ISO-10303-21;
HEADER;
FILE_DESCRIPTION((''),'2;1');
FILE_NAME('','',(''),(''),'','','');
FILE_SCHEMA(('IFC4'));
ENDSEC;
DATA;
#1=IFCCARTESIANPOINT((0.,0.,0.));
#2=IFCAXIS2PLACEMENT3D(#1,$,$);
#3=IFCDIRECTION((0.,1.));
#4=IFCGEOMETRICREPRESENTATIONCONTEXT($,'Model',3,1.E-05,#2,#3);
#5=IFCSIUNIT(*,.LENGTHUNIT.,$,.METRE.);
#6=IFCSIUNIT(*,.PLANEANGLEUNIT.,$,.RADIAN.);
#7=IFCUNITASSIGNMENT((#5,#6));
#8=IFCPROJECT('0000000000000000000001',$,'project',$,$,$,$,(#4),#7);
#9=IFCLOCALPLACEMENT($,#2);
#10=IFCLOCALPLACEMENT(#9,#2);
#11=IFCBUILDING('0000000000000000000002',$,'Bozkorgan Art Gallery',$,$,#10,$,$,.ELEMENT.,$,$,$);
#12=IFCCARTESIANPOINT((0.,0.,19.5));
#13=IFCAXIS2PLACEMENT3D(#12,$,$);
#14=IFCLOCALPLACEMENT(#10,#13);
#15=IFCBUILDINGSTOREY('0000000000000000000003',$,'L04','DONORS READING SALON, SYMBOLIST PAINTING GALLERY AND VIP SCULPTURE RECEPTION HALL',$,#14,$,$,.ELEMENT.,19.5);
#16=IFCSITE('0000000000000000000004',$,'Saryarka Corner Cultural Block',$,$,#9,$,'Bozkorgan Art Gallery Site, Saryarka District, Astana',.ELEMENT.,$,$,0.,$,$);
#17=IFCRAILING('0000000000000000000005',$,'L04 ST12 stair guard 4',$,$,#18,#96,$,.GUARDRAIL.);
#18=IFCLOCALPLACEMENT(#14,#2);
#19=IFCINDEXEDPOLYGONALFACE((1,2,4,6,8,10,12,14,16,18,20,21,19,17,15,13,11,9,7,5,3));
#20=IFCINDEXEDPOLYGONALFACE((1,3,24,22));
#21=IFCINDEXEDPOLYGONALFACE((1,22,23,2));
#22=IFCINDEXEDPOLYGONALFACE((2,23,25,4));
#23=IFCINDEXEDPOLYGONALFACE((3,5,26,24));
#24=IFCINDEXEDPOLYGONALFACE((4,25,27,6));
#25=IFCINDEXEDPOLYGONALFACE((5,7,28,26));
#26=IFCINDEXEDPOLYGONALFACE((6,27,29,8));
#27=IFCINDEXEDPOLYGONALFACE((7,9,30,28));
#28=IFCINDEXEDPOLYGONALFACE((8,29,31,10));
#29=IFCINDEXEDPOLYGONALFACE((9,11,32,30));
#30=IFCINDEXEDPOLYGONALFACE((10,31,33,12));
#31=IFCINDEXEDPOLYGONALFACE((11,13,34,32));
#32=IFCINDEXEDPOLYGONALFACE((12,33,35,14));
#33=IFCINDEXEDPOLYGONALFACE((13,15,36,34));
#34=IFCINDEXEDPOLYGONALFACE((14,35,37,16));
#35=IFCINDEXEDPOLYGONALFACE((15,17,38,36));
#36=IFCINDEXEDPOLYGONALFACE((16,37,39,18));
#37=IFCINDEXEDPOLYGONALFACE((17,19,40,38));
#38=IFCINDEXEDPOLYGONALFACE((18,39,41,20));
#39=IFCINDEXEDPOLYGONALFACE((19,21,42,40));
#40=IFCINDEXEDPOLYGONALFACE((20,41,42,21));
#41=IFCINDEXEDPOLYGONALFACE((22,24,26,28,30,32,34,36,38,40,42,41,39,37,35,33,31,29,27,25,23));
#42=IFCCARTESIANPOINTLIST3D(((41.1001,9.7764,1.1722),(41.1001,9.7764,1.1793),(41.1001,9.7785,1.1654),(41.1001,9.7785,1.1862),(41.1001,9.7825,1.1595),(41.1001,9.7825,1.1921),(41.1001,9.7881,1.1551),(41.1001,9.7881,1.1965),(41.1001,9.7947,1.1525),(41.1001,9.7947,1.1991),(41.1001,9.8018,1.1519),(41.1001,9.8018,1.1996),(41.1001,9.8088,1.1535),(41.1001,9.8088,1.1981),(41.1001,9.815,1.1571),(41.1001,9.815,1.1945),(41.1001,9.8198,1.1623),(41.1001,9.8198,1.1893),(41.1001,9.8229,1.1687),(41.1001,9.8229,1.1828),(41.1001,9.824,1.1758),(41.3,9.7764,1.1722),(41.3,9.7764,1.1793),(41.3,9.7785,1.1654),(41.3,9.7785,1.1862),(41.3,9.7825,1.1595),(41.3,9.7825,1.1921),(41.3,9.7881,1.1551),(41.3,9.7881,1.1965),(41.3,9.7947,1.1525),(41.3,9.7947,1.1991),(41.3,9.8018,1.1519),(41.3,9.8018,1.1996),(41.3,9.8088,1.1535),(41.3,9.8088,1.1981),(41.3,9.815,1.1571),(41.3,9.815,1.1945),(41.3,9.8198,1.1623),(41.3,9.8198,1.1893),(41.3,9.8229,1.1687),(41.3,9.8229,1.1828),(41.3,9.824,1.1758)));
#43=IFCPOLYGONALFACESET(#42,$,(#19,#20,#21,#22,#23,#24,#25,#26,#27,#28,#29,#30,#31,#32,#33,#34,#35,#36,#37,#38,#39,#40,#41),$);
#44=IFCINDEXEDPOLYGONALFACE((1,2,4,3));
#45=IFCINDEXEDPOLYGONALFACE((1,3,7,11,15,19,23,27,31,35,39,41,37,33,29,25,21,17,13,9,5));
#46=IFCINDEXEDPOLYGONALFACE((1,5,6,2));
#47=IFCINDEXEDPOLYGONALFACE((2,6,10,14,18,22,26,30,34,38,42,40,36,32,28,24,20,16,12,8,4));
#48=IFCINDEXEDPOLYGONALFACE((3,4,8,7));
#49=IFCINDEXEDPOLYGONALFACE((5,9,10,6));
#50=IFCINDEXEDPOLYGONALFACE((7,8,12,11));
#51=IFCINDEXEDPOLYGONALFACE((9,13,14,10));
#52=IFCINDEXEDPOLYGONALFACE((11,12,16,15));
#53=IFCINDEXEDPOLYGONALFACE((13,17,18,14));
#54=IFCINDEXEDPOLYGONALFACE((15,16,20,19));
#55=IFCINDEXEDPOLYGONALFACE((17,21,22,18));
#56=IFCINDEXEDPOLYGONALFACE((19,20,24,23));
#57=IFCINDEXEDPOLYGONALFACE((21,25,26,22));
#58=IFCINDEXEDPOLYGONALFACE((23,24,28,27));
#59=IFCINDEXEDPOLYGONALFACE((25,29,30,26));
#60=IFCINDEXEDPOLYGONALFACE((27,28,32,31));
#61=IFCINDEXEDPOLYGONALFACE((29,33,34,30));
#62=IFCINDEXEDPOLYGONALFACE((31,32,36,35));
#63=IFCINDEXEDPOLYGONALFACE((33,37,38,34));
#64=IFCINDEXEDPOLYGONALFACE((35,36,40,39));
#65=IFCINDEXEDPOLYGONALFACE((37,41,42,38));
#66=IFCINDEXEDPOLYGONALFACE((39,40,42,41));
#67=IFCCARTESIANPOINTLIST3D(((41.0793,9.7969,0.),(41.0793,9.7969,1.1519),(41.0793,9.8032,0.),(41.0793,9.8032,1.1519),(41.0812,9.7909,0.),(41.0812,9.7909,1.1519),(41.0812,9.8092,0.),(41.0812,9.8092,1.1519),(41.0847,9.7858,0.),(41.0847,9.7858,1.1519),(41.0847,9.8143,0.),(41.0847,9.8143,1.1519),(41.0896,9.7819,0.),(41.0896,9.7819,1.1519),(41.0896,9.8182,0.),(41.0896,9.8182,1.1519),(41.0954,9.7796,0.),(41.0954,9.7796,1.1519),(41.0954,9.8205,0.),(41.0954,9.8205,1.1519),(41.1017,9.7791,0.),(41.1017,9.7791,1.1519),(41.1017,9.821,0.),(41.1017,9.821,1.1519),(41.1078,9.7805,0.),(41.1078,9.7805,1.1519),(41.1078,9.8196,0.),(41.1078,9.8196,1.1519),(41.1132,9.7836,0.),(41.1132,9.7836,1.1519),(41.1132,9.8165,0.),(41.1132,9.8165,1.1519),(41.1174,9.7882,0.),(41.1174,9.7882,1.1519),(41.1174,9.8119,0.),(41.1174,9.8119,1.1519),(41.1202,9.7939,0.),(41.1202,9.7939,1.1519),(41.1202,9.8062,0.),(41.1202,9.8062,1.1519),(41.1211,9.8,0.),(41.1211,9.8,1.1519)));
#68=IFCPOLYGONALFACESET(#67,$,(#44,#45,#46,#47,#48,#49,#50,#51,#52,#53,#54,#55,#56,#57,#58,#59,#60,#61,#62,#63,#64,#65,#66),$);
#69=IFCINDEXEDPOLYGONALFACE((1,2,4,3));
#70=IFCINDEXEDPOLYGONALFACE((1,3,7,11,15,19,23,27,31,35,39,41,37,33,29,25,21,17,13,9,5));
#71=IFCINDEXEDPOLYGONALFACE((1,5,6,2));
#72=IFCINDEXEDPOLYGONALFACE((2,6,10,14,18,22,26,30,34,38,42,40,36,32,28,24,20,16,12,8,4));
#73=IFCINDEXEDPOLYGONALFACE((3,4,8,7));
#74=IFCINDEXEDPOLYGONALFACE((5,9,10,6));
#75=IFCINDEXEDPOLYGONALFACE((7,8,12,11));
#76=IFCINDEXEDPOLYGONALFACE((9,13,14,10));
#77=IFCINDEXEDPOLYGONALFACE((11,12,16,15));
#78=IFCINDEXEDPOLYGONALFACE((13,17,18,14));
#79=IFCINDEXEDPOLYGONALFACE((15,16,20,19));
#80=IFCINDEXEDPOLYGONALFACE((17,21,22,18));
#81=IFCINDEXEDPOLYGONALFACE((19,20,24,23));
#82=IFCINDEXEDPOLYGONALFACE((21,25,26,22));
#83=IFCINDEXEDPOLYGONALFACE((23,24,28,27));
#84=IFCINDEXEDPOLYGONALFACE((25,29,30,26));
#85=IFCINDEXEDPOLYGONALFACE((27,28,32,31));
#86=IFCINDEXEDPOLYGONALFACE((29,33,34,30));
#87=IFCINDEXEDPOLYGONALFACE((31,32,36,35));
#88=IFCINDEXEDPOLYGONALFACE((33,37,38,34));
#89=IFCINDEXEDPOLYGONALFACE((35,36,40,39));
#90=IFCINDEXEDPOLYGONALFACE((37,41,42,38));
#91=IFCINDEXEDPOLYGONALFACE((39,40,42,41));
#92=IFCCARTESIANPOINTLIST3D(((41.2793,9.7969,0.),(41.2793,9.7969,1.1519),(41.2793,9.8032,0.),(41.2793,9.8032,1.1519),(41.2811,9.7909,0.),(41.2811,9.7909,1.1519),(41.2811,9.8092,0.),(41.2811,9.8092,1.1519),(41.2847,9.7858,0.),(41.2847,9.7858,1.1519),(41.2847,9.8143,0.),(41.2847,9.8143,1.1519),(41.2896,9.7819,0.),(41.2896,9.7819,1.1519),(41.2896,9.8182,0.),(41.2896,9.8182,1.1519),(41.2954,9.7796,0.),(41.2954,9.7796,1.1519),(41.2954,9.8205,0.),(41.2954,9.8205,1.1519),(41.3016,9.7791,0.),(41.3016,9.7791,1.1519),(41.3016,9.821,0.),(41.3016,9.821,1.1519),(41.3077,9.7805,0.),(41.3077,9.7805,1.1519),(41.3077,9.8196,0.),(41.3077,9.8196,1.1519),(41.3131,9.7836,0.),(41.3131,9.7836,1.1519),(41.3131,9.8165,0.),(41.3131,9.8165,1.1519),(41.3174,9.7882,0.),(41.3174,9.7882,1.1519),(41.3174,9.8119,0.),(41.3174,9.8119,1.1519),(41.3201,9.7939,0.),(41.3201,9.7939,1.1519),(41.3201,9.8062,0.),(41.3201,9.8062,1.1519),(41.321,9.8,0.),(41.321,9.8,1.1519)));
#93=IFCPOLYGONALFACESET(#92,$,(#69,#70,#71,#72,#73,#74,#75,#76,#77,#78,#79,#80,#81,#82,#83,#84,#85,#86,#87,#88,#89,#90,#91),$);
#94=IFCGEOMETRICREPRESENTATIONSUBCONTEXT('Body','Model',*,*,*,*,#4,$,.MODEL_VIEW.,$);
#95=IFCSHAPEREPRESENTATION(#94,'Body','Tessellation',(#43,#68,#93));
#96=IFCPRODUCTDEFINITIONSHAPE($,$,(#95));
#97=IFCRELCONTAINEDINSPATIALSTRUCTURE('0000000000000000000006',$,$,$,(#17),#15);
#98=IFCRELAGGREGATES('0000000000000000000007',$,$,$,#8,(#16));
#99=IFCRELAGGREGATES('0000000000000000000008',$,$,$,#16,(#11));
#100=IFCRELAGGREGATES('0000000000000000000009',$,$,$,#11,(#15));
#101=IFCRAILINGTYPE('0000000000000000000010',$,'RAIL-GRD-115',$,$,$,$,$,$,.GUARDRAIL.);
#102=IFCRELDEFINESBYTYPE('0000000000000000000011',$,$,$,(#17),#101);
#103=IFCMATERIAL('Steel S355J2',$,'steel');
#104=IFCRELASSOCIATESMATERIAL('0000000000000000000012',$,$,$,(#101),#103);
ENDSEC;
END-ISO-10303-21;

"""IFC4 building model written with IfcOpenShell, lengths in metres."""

from ifc_helpers import new_model, si_unit, direction, frame, origin, origin_2d, place, context, subcontext, project, spatial, circle, extrude, material, type_object, element, save


model = new_model("IFC4")

# Units and contexts
model_context = context("Model", 3, precision=1e-05, world=origin(), true_north=direction((0.0, 1.0)))
body_context = subcontext(model_context, "Body", "Model", "MODEL_VIEW")
ifc_project = project(units=[si_unit("LENGTHUNIT", "METRE"), si_unit("PLANEANGLEUNIT", "RADIAN")], contexts=[model_context])

# Site, building, storey
site_placement = place(None, origin())
site = spatial("IfcSite", under=ifc_project, at=site_placement, Name="Saryarka Corner Cultural Block", LongName="Bozkorgan Art Gallery Site, Saryarka District, Astana", CompositionType="ELEMENT", RefElevation=0.0)
building_placement = place(site_placement, origin())
building = spatial("IfcBuilding", under=site, at=building_placement, Name="Bozkorgan Art Gallery", CompositionType="ELEMENT")
storey_placement = place(building_placement, frame((0.0, 0.0, 19.5)))
storey = spatial("IfcBuildingStorey", under=building, at=storey_placement, Name="L04", Description="DONORS READING SALON, SYMBOLIST PAINTING GALLERY AND VIP SCULPTURE RECEPTION HALL", CompositionType="ELEMENT", Elevation=19.5)

# Shared definitions
ifc_material_1 = material(Name="Steel S355J2", Category="steel")

# Railing
railing_type_1 = type_object("IfcRailingType", Name="RAIL-GRD-115", PredefinedType="GUARDRAIL", material=ifc_material_1)
railing_1_placement = place(storey_placement, frame((41.1001, 9.8, 0.0)))
element("IfcRailing", 1, at=railing_1_placement, inside=storey, type_object=railing_type_1, Name="L04 ST12 stair guard 4", PredefinedType="GUARDRAIL", context=body_context, shape_type="SweptSolid", body=[
    extrude(circle(Radius=0.0239, at=origin_2d()), frame((0.0, 0.0, 1.1758), z_axis=(1.0, 0.0, 0.0), x_axis=(0.0, 1.0, 0.0)), (0.0, 0.0, 1.0), 0.2),
    extrude(circle(Radius=0.021, at=origin_2d()), origin(), (0.0, 0.0, 1.0), 1.1519),
    extrude(circle(Radius=0.021, at=origin_2d()), frame((0.2, 0.0, 0.0)), (0.0, 0.0, 1.0), 1.1519),
])

save(model, "model.ifc")
